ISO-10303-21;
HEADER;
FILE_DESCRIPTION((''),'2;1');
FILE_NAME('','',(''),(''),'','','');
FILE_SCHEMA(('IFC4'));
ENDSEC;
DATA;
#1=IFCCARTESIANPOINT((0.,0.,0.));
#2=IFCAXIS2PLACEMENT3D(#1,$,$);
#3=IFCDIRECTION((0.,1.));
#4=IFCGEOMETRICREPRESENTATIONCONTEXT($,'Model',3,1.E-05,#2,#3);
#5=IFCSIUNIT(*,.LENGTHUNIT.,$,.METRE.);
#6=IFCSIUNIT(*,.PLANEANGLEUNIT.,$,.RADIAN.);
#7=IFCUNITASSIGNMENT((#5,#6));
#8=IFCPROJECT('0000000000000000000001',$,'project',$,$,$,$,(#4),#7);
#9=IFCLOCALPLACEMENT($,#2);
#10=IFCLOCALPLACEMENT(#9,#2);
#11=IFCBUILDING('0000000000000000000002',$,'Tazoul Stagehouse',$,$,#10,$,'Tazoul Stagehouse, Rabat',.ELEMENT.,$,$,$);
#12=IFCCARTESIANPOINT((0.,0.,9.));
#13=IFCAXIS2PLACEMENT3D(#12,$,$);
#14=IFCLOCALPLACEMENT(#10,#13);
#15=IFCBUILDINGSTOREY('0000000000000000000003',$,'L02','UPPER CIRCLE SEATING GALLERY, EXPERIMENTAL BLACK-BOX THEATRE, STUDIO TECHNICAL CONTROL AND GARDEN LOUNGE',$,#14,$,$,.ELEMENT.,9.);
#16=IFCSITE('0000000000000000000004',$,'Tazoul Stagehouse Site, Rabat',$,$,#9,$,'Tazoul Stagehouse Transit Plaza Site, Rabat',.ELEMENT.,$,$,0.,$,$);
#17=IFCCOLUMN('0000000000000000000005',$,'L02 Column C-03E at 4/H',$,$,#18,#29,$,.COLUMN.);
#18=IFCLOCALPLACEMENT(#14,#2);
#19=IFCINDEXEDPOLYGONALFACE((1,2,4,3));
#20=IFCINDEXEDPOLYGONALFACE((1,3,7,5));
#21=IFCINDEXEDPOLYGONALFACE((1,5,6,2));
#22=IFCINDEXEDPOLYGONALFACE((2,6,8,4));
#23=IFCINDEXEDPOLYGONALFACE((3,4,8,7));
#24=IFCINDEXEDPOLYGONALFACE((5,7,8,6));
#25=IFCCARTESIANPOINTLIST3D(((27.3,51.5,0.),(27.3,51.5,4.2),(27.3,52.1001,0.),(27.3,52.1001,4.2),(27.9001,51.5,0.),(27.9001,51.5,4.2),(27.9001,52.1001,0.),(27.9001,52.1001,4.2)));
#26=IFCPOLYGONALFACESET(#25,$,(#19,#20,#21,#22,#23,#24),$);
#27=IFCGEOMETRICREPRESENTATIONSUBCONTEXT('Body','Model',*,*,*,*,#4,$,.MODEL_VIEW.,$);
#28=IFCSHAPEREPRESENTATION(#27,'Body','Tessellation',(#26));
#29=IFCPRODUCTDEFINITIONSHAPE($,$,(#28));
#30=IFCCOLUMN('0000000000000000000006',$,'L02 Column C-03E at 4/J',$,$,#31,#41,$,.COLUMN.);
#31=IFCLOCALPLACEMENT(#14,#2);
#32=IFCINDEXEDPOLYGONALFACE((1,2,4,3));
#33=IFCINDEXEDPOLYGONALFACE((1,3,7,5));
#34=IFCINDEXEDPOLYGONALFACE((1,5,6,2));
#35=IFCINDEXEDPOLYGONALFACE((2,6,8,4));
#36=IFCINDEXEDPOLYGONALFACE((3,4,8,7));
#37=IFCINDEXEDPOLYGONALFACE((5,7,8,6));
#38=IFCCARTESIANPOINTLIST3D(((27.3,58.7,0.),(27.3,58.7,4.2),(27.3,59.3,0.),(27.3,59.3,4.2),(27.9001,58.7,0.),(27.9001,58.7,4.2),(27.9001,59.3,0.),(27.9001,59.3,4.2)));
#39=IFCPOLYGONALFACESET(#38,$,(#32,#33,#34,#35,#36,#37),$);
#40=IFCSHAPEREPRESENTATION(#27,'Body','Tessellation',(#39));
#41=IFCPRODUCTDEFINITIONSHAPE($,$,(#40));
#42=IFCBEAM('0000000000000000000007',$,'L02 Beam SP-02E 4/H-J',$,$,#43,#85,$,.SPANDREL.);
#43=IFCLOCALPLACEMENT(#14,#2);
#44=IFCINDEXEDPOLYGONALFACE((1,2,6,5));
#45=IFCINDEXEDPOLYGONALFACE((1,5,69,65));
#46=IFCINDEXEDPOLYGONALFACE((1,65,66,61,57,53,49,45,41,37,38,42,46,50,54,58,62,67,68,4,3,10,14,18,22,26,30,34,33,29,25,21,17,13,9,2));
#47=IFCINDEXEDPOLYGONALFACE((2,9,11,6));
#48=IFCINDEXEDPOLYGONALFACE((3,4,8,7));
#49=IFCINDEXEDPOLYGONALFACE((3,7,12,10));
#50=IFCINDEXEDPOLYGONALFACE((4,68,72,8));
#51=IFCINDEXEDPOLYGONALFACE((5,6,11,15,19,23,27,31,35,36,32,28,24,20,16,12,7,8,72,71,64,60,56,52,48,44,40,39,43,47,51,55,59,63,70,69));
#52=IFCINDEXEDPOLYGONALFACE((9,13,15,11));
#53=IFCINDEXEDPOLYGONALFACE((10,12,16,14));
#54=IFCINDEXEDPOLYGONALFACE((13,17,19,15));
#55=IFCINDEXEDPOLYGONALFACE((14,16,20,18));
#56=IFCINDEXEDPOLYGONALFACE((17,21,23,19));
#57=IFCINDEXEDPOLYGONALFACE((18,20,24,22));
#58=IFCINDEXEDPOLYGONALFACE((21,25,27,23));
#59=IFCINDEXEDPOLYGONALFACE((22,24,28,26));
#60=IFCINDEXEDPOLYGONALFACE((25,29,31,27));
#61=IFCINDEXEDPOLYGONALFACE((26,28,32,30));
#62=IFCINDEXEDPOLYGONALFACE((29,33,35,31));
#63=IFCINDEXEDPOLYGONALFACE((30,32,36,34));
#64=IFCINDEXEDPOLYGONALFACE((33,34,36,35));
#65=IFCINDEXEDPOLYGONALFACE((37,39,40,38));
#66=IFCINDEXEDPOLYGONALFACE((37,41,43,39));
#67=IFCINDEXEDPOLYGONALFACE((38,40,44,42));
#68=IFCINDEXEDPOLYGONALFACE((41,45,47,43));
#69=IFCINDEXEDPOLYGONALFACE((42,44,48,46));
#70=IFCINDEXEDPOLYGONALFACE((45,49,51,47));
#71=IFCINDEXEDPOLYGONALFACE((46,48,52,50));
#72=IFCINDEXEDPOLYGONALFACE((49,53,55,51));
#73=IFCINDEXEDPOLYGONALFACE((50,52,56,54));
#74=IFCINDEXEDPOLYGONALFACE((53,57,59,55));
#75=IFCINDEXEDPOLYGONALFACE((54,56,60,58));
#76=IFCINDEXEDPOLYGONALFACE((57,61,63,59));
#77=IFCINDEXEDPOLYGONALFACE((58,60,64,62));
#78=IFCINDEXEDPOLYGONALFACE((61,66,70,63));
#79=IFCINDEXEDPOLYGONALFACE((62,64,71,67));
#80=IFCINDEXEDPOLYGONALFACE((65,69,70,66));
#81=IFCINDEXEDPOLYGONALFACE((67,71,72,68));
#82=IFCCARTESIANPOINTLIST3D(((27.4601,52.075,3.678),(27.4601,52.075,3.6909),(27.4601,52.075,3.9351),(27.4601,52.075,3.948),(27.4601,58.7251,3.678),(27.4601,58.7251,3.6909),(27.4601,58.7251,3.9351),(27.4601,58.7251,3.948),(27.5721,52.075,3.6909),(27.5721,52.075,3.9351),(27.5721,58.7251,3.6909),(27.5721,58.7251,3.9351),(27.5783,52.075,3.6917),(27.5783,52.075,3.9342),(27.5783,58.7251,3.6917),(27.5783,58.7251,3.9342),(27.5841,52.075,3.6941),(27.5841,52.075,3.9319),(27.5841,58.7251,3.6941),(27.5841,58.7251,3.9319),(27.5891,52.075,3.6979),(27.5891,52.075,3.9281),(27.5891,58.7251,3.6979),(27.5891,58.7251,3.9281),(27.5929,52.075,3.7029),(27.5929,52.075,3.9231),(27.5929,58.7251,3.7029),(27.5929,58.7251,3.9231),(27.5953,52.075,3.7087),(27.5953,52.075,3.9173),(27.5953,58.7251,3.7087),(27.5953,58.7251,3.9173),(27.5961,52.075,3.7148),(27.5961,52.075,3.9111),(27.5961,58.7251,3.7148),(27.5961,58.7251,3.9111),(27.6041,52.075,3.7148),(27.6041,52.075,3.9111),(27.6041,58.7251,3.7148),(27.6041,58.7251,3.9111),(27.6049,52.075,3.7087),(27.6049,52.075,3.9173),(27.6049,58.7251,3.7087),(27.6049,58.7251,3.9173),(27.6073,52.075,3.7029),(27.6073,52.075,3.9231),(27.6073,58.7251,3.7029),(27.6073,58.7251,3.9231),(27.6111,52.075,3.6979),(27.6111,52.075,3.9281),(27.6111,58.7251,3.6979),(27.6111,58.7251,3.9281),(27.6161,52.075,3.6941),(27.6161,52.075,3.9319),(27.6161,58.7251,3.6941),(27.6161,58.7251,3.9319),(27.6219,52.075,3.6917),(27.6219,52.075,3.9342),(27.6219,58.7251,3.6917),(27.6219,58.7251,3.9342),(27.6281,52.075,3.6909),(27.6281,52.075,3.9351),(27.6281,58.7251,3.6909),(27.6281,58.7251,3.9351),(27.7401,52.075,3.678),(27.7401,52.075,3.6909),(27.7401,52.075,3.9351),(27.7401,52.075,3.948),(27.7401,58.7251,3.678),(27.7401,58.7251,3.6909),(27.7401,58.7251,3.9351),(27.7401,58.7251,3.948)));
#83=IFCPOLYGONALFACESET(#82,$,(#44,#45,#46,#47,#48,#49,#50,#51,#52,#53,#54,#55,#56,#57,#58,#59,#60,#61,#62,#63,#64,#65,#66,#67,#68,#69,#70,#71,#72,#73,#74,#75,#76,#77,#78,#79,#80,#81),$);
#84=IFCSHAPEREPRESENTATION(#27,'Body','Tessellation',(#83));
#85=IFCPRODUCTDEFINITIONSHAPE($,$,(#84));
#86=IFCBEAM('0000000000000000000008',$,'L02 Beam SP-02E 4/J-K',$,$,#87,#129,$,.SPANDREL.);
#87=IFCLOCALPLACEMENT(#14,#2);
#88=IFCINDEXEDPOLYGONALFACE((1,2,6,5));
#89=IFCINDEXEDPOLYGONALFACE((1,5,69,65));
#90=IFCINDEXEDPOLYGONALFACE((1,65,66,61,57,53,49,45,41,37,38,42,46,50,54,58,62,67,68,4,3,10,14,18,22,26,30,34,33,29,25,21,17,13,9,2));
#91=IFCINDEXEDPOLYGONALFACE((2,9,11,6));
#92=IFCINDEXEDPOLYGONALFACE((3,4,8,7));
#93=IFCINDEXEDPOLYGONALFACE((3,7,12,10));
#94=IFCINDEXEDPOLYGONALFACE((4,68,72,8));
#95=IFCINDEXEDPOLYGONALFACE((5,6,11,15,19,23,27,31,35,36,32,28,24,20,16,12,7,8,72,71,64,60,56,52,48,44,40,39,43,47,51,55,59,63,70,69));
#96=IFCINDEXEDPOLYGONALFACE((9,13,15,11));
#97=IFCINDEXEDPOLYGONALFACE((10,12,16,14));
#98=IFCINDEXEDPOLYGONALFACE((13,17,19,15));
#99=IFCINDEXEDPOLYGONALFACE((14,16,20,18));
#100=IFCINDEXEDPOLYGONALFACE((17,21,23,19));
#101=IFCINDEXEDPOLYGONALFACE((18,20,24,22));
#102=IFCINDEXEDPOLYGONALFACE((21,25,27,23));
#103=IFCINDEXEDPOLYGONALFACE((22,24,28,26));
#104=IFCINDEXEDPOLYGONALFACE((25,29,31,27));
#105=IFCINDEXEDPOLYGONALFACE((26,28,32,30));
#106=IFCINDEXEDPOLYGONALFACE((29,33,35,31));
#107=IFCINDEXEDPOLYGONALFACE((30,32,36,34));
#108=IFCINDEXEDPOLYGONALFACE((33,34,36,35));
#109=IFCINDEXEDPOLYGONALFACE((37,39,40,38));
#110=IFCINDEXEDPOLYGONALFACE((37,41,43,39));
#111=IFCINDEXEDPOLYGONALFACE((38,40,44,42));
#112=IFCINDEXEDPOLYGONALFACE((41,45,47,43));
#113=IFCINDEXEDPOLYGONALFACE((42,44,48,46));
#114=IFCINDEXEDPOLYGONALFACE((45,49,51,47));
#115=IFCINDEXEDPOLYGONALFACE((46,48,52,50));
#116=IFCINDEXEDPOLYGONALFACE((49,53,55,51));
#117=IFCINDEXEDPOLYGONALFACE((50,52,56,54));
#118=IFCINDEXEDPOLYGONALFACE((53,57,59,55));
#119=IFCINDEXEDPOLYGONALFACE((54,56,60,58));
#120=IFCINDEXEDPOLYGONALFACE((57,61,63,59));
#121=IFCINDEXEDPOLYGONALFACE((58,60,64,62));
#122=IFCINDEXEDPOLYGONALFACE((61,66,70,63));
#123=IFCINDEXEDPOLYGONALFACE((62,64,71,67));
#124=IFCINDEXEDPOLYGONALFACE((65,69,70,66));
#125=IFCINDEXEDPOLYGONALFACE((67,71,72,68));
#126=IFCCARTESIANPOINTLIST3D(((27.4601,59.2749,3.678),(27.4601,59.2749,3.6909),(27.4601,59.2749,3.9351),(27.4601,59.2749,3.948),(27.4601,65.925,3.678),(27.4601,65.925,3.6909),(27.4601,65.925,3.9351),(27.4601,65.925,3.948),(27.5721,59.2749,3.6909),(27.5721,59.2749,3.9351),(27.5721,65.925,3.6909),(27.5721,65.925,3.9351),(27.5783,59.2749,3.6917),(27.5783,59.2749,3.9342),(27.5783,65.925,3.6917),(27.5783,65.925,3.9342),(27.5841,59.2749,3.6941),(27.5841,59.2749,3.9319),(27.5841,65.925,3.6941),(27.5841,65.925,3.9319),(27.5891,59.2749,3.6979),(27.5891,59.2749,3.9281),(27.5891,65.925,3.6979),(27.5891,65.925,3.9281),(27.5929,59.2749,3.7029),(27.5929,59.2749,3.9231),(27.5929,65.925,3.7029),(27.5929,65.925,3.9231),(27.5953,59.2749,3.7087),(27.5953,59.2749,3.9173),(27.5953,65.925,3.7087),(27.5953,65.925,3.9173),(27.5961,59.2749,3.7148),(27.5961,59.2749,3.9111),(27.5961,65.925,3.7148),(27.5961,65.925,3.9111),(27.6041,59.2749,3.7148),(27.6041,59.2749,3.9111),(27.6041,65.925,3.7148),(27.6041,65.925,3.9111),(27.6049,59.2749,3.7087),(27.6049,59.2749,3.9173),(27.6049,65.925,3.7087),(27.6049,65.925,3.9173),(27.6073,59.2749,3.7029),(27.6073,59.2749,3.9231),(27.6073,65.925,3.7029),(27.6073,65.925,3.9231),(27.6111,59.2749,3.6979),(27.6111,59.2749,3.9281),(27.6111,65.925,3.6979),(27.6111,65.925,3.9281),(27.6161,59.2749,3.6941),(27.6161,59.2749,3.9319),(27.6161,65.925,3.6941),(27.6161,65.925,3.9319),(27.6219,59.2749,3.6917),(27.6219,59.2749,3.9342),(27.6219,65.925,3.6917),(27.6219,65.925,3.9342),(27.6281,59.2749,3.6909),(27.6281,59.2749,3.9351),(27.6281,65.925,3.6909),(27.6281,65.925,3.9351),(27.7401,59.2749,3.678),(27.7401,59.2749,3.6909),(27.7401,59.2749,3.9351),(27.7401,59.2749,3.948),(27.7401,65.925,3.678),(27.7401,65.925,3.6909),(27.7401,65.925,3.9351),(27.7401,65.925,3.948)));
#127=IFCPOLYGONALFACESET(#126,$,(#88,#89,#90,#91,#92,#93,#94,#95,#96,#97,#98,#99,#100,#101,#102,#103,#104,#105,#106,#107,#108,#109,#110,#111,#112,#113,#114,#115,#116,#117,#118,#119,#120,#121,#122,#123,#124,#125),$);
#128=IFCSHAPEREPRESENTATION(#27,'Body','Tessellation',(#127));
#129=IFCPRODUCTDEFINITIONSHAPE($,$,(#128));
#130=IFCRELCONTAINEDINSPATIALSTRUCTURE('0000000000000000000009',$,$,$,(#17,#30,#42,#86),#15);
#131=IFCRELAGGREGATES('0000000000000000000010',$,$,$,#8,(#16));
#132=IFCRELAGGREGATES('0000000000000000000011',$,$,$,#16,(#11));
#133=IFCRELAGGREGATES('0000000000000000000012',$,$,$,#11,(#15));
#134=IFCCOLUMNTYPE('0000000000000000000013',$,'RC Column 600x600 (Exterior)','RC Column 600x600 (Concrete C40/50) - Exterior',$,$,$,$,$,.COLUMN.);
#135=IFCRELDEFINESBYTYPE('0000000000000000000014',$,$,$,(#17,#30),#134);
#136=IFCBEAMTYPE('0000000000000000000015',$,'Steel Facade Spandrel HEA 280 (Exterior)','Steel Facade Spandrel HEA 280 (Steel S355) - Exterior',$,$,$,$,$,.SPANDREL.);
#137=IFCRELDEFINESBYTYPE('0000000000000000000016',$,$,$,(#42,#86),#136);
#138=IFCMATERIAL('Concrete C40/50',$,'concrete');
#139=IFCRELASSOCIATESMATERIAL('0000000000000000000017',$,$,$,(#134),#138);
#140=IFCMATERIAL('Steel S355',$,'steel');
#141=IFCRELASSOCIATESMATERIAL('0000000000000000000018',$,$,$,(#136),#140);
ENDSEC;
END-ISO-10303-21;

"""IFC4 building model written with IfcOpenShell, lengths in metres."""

from ifc_helpers import new_model, si_unit, direction, frame, origin, origin_2d, place, context, subcontext, project, spatial, rectangle, i_section, extrude, material, material_profile, profile_set, type_object, element, save


model = new_model("IFC4")

# Units and contexts
model_context = context("Model", 3, precision=1e-05, world=origin(), true_north=direction((0.0, 1.0)))
body_context = subcontext(model_context, "Body", "Model", "MODEL_VIEW")
ifc_project = project(units=[si_unit("LENGTHUNIT", "METRE"), si_unit("PLANEANGLEUNIT", "RADIAN")], contexts=[model_context])

# Site, building, storey
site_placement = place(None, origin())
site = spatial("IfcSite", under=ifc_project, at=site_placement, Name="Tazoul Stagehouse Site, Rabat", LongName="Tazoul Stagehouse Transit Plaza Site, Rabat", CompositionType="ELEMENT", RefElevation=0.0)
building_placement = place(site_placement, origin())
building = spatial("IfcBuilding", under=site, at=building_placement, Name="Tazoul Stagehouse", LongName="Tazoul Stagehouse, Rabat", CompositionType="ELEMENT")
storey_placement = place(building_placement, frame((0.0, 0.0, 9.0)))
storey = spatial("IfcBuildingStorey", under=building, at=storey_placement, Name="L02", Description="UPPER CIRCLE SEATING GALLERY, EXPERIMENTAL BLACK-BOX THEATRE, STUDIO TECHNICAL CONTROL AND GARDEN LOUNGE", CompositionType="ELEMENT", Elevation=9.0)

# Columns
ifc_material_1 = material(Name="Concrete C40/50", Category="concrete")
ifc_material_profile_1 = material_profile(ifc_material_1, rectangle(XDim=0.6001, YDim=0.6001, at=origin_2d()), Name="RC 600x600")
ifc_profile_set_1 = profile_set([ifc_material_profile_1], Name="Concrete C40/50")
column_type = type_object("IfcColumnType", Name="RC Column 600x600 (Exterior)", Description="RC Column 600x600 (Concrete C40/50) - Exterior", PredefinedType="COLUMN", material=ifc_profile_set_1)
for number, where, z_axis, x_axis, name in (
    (1, (27.6001, 51.8, 0.0), (0.0, 0.0, 1.0), (1.0, 0.0, 0.0), "L02 Column C-03E at 4/H"),
    (2, (27.6001, 59.0, 0.0), (0.0, 0.0, 1.0), (1.0, 0.0, 0.0), "L02 Column C-03E at 4/J"),
):
    element("IfcColumn", number, at=place(storey_placement, frame(where, z_axis=z_axis, x_axis=x_axis)), inside=storey, type_object=column_type, Name=name, PredefinedType="COLUMN", context=body_context, shape_type="SweptSolid", body=[
        extrude(rectangle(XDim=0.6001, YDim=0.6001, at=origin_2d()), origin(), (0.0, 0.0, 1.0), 4.2),
    ])

# Beams
ifc_material_2 = material(Name="Steel S355", Category="steel")
ifc_material_profile_2 = material_profile(ifc_material_2, i_section(OverallWidth=0.28, OverallDepth=0.27, WebThickness=0.0081, FlangeThickness=0.0129, FilletRadius=0.0239, at=origin_2d()), Name="HEA 280")
ifc_profile_set_2 = profile_set([ifc_material_profile_2], Name="Steel S355")
beam_type = type_object("IfcBeamType", Name="Steel Facade Spandrel HEA 280 (Exterior)", Description="Steel Facade Spandrel HEA 280 (Steel S355) - Exterior", PredefinedType="SPANDREL", material=ifc_profile_set_2)
for number, where, z_axis, x_axis, name in (
    (3, (27.6001, 52.075, 3.813), (0.0, 1.0, 0.0), (-1.0, 0.0, 0.0), "L02 Beam SP-02E 4/H-J"),
    (4, (27.6001, 59.2749, 3.813), (0.0, 1.0, 0.0), (-1.0, 0.0, 0.0), "L02 Beam SP-02E 4/J-K"),
):
    element("IfcBeam", number, at=place(storey_placement, frame(where, z_axis=z_axis, x_axis=x_axis)), inside=storey, type_object=beam_type, Name=name, PredefinedType="SPANDREL", context=body_context, shape_type="SweptSolid", body=[
        extrude(i_section(OverallWidth=0.28, OverallDepth=0.27, WebThickness=0.0081, FlangeThickness=0.0129, FilletRadius=0.0239, at=origin_2d()), origin(), (0.0, 0.0, 1.0), 6.6501),
    ])

save(model, "model.ifc")
